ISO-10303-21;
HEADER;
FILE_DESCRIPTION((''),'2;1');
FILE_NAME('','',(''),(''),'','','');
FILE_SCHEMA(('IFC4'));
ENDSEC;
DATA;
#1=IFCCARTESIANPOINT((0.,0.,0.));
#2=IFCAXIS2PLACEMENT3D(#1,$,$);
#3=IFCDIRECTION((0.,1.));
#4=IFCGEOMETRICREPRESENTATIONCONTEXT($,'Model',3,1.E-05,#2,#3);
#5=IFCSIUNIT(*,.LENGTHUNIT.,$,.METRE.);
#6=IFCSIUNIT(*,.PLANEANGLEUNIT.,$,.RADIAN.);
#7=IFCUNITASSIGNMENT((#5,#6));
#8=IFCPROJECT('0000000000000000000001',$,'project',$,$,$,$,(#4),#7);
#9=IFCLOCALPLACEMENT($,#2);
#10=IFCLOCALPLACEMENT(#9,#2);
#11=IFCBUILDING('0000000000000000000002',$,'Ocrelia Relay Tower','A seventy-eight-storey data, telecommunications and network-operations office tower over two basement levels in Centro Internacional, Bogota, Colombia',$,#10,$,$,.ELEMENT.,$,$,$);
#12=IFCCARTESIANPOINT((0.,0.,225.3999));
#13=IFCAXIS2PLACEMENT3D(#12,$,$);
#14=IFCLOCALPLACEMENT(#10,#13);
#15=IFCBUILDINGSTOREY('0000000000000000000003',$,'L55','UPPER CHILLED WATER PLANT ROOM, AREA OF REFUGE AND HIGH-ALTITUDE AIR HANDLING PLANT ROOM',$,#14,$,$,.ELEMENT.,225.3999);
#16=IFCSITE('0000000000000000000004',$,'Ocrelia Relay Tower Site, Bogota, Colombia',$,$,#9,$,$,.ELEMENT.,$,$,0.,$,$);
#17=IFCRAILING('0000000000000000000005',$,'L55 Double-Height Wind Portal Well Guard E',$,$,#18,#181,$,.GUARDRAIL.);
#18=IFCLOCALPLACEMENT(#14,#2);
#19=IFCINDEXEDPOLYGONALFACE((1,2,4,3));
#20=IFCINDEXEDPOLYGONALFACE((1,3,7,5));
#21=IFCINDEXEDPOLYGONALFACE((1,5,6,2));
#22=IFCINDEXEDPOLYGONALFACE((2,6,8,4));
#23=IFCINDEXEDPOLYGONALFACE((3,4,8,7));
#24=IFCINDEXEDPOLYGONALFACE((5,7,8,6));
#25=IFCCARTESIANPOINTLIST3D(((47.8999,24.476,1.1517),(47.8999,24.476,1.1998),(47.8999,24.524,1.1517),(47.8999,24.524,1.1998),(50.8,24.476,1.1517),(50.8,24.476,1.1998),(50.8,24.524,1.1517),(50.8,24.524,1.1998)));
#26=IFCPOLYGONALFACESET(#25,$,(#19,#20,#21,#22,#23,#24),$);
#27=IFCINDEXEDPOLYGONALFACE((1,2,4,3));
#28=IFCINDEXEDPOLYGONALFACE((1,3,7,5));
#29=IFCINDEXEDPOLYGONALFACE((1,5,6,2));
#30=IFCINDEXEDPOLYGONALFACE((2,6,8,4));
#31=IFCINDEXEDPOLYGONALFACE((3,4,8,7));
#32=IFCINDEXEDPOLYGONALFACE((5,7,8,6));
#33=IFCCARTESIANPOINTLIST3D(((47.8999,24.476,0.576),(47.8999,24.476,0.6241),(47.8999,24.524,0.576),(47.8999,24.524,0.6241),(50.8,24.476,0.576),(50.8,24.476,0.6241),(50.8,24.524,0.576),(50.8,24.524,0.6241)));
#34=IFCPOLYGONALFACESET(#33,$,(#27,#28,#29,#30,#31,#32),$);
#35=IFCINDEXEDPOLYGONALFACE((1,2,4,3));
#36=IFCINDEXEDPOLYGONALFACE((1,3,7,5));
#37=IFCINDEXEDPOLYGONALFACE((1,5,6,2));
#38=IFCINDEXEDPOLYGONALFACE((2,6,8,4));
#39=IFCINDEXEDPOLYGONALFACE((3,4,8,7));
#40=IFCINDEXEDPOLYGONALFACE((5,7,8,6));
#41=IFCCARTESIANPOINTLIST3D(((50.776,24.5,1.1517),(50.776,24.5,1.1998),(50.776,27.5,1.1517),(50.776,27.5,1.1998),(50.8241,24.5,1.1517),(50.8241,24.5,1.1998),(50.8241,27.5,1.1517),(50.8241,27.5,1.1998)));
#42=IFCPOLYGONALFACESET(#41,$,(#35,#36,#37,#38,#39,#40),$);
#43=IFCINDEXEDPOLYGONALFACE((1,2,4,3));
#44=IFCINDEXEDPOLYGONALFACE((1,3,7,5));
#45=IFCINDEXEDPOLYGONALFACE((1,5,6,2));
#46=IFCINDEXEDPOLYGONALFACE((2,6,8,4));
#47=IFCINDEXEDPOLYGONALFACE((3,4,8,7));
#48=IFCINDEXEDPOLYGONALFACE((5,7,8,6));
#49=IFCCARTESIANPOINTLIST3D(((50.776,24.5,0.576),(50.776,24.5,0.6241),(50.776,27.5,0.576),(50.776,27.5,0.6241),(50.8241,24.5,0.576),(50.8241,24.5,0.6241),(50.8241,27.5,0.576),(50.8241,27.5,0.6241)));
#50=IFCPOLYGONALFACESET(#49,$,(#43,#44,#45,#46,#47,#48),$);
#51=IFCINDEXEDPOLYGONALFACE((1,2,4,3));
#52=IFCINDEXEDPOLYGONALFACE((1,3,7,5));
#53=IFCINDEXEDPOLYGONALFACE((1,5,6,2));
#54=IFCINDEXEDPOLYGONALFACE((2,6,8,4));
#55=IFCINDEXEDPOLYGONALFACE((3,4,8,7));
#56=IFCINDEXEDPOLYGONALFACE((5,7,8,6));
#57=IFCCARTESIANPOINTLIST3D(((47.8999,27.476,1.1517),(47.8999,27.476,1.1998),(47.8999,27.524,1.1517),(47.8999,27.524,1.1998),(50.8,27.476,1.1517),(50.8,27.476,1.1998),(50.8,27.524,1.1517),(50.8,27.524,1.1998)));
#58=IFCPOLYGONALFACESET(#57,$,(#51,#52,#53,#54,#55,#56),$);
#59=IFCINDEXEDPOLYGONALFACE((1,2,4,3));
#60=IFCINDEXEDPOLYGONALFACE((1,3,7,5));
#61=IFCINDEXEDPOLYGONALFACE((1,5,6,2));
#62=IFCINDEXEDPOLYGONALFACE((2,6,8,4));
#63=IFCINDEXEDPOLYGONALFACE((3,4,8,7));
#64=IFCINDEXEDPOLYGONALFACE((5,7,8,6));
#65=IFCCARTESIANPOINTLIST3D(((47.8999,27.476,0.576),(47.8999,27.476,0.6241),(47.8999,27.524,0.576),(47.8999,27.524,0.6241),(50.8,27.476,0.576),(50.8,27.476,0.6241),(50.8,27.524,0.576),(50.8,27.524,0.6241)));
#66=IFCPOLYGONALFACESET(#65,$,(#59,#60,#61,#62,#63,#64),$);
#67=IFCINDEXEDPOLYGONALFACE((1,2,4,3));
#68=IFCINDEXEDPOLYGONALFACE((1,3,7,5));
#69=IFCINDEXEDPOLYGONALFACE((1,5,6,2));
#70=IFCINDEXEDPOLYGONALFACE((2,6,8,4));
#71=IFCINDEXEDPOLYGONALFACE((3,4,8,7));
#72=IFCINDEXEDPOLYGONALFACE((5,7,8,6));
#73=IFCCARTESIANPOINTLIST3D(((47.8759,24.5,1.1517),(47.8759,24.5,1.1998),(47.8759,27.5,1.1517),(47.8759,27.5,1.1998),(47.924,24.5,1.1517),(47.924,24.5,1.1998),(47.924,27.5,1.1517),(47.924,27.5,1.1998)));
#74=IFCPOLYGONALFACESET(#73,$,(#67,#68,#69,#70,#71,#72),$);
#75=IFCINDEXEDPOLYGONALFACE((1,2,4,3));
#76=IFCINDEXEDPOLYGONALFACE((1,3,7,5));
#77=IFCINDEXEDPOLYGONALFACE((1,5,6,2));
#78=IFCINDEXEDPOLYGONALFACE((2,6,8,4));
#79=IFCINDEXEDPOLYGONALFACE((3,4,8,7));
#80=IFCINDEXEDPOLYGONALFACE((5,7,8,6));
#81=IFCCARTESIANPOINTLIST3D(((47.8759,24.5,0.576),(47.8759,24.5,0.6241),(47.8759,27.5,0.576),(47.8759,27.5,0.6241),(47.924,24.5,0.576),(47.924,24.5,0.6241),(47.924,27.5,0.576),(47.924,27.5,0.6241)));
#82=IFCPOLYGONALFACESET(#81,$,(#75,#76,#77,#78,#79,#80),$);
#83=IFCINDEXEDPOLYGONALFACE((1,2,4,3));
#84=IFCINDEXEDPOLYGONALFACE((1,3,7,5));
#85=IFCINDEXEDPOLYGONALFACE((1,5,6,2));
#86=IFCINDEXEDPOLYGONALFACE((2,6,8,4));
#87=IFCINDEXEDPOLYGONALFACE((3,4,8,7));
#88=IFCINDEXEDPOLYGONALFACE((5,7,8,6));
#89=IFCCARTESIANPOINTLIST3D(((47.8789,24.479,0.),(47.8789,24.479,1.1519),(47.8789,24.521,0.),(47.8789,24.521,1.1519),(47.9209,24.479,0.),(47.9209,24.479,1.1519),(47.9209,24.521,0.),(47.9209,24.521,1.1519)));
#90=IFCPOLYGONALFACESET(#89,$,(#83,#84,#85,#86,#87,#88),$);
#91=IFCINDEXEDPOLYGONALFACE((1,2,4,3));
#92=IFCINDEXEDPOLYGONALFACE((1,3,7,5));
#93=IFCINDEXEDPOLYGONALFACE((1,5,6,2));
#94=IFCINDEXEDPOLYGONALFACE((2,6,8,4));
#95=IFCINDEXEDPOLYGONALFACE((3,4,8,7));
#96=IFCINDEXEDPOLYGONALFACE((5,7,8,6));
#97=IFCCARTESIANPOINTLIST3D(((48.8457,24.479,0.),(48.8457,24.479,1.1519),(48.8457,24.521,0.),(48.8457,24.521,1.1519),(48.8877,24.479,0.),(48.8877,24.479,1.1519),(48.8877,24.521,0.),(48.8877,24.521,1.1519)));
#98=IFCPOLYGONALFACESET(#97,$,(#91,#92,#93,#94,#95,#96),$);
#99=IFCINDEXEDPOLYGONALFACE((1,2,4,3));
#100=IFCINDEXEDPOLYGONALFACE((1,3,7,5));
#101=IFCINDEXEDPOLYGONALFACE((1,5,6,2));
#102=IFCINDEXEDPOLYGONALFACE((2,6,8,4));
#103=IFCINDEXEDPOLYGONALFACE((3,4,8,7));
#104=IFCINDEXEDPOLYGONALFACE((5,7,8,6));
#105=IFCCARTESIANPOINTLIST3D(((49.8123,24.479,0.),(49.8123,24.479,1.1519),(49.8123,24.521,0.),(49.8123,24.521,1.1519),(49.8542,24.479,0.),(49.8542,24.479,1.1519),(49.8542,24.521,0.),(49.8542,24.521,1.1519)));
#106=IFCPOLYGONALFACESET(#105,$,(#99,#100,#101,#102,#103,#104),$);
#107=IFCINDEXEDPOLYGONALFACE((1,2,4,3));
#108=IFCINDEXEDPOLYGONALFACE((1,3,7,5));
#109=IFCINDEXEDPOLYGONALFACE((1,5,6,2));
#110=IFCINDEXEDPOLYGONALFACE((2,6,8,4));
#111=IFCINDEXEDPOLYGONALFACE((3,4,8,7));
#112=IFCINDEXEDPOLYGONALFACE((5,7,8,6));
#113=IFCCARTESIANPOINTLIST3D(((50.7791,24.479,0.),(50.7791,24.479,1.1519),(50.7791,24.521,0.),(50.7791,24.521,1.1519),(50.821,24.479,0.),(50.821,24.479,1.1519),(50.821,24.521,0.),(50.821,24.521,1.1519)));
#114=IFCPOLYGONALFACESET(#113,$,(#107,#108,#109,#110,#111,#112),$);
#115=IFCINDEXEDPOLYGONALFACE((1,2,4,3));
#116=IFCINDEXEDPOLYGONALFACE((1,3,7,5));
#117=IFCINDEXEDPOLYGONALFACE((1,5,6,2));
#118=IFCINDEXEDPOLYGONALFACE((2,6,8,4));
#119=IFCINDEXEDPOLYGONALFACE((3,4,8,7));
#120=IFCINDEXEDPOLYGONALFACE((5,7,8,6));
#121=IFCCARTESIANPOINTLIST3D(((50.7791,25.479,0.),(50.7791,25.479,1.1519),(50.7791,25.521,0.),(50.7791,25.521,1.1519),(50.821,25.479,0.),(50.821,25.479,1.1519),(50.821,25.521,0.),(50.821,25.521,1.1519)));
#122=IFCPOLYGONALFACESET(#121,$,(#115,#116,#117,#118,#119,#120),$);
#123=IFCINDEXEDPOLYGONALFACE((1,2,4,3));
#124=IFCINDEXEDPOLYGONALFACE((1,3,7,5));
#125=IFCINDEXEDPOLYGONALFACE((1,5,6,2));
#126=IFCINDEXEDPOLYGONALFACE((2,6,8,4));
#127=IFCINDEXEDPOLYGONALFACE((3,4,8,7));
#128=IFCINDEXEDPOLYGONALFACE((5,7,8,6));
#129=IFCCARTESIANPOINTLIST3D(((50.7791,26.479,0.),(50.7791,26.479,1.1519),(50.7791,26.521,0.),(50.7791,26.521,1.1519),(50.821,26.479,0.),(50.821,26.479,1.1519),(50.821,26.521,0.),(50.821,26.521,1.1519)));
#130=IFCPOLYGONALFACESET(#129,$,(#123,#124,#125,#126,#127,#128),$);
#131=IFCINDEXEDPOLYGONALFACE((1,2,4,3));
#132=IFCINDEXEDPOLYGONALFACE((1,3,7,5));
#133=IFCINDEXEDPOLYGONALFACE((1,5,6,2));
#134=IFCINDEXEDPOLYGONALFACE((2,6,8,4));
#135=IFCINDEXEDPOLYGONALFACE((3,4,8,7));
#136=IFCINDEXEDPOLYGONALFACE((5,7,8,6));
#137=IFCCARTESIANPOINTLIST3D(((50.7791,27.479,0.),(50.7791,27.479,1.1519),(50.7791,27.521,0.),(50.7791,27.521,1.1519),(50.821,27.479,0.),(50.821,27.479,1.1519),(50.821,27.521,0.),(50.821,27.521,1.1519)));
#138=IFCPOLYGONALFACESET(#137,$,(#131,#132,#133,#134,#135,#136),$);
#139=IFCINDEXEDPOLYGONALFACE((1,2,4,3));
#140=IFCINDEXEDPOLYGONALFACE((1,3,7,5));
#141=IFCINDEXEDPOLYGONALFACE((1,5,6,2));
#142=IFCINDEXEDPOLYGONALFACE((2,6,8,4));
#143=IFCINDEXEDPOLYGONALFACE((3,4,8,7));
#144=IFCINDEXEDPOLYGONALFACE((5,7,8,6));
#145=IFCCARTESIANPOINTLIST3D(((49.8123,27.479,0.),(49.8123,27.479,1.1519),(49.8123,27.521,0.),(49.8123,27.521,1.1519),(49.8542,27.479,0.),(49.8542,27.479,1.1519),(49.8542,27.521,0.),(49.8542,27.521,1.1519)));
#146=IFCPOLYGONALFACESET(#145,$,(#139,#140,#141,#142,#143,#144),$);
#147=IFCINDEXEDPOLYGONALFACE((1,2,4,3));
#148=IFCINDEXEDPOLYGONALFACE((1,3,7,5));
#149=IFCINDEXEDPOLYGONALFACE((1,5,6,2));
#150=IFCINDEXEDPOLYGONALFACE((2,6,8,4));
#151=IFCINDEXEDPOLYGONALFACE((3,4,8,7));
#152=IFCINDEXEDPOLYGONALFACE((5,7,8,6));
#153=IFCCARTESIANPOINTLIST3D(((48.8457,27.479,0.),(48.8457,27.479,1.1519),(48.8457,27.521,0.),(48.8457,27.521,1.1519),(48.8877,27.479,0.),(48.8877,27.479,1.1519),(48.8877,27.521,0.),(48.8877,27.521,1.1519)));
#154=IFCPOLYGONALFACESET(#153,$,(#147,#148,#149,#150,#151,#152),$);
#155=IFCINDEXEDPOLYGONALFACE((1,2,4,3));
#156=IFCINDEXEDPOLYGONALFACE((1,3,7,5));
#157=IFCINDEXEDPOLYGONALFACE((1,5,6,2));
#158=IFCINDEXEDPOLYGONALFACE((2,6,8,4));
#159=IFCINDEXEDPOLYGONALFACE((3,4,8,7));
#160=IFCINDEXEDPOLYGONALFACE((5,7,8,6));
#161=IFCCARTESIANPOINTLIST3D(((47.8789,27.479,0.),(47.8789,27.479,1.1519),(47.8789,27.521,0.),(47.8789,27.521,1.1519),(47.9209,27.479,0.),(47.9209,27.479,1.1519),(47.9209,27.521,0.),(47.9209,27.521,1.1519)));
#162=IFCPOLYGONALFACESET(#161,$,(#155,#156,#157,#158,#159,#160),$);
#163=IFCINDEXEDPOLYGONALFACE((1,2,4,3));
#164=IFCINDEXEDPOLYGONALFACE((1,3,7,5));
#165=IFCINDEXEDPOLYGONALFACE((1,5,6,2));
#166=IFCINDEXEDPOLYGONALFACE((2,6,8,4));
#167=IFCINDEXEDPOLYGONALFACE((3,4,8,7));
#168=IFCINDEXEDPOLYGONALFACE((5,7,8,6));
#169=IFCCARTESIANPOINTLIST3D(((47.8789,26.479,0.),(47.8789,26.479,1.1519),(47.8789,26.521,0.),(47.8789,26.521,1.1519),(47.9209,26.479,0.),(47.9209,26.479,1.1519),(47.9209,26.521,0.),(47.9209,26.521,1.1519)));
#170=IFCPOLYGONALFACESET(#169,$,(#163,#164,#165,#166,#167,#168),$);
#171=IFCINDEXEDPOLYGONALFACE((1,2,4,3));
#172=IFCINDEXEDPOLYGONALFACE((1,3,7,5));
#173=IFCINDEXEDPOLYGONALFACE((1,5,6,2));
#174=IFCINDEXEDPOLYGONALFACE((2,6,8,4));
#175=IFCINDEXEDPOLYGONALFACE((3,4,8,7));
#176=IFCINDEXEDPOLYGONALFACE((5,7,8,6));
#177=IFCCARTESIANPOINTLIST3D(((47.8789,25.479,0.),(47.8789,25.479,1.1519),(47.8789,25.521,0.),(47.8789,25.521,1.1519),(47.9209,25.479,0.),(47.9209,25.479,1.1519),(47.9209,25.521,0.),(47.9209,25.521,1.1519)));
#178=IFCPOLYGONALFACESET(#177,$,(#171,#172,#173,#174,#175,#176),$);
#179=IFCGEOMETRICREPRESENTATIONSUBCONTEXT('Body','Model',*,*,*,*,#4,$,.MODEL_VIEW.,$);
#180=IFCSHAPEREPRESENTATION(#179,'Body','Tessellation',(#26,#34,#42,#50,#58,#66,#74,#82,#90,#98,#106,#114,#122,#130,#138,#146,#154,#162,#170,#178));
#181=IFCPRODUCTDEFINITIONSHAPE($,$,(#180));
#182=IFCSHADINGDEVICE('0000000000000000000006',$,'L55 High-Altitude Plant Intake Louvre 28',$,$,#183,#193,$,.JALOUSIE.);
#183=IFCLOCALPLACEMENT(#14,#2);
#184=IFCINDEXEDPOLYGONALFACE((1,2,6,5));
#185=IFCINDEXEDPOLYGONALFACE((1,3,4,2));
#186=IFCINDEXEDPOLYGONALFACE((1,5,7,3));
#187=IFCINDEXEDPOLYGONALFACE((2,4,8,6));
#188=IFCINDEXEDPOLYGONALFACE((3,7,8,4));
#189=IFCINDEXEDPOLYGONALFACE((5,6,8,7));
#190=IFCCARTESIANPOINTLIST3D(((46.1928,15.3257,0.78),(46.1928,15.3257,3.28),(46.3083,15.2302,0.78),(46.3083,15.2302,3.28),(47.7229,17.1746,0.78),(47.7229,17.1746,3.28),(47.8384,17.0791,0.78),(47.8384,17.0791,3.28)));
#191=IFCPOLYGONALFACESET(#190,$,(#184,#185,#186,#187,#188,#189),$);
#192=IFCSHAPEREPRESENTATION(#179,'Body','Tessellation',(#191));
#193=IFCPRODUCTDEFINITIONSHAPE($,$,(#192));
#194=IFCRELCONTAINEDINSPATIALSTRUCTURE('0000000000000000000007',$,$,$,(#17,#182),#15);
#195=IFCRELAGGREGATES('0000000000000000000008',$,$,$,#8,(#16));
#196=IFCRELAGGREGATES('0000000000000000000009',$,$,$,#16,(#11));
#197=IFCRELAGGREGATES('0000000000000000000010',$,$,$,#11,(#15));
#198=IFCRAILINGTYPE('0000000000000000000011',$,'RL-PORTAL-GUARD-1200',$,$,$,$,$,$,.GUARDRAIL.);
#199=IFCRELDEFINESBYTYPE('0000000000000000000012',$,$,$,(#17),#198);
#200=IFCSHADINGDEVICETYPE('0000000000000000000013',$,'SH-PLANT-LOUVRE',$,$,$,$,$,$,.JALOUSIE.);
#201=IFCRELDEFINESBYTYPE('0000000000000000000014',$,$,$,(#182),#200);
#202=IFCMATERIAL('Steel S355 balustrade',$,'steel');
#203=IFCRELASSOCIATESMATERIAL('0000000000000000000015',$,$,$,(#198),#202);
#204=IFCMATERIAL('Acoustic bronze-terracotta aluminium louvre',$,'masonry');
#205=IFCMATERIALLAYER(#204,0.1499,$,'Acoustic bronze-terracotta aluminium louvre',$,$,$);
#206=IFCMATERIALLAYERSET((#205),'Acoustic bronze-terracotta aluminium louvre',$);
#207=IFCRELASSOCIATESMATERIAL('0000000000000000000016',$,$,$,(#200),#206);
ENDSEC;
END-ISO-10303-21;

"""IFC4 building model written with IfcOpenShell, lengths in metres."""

from ifc_helpers import new_model, si_unit, direction, frame, origin, origin_2d, place, context, subcontext, project, spatial, rectangle, extrude, material, layer, layer_set, type_object, element, save


model = new_model("IFC4")

# Units and contexts
model_context = context("Model", 3, precision=1e-05, world=origin(), true_north=direction((0.0, 1.0)))
body_context = subcontext(model_context, "Body", "Model", "MODEL_VIEW")
ifc_project = project(units=[si_unit("LENGTHUNIT", "METRE"), si_unit("PLANEANGLEUNIT", "RADIAN")], contexts=[model_context])

# Site, building, storey
site_placement = place(None, origin())
site = spatial("IfcSite", under=ifc_project, at=site_placement, Name="Ocrelia Relay Tower Site, Bogota, Colombia", CompositionType="ELEMENT", RefElevation=0.0)
building_placement = place(site_placement, origin())
building = spatial("IfcBuilding", under=site, at=building_placement, Name="Ocrelia Relay Tower", Description="A seventy-eight-storey data, telecommunications and network-operations office tower over two basement levels in Centro Internacional, Bogota, Colombia", CompositionType="ELEMENT")
storey_placement = place(building_placement, frame((0.0, 0.0, 225.3999)))
storey = spatial("IfcBuildingStorey", under=building, at=storey_placement, Name="L55", Description="UPPER CHILLED WATER PLANT ROOM, AREA OF REFUGE AND HIGH-ALTITUDE AIR HANDLING PLANT ROOM", CompositionType="ELEMENT", Elevation=225.3999)

# Railing
ifc_material_1 = material(Name="Steel S355 balustrade", Category="steel")
railing_type = type_object("IfcRailingType", Name="RL-PORTAL-GUARD-1200", PredefinedType="GUARDRAIL", material=ifc_material_1)
railing_1_placement = place(storey_placement, frame((47.8999, 24.5, 0.0)))
element("IfcRailing", 1, at=railing_1_placement, inside=storey, type_object=railing_type, Name="L55 Double-Height Wind Portal Well Guard E", PredefinedType="GUARDRAIL", context=body_context, shape_type="SweptSolid", body=[
    extrude(rectangle(XDim=0.0481, YDim=0.0481, at=origin_2d()), frame((0.0, 0.0, 1.1758), z_axis=(1.0, 0.0, 0.0), x_axis=(0.0, 1.0, 0.0)), (0.0, 0.0, 1.0), 2.9001),
    extrude(rectangle(XDim=0.0481, YDim=0.0481, at=origin_2d()), frame((0.0, 0.0, 0.6001), z_axis=(1.0, 0.0, 0.0), x_axis=(0.0, 1.0, 0.0)), (0.0, 0.0, 1.0), 2.9001),
    extrude(rectangle(XDim=0.0481, YDim=0.0481, at=origin_2d()), frame((2.9001, 0.0, 1.1758), z_axis=(0.0, 1.0, 0.0), x_axis=(-1.0, 0.0, 0.0)), (0.0, 0.0, 1.0), 3.0),
    extrude(rectangle(XDim=0.0481, YDim=0.0481, at=origin_2d()), frame((2.9001, 0.0, 0.6001), z_axis=(0.0, 1.0, 0.0), x_axis=(-1.0, 0.0, 0.0)), (0.0, 0.0, 1.0), 3.0),
    extrude(rectangle(XDim=0.0481, YDim=0.0481, at=origin_2d()), frame((2.9001, 3.0, 1.1758), z_axis=(-1.0, 0.0, 0.0), x_axis=(0.0, -1.0, 0.0)), (0.0, 0.0, 1.0), 2.9001),
    extrude(rectangle(XDim=0.0481, YDim=0.0481, at=origin_2d()), frame((2.9001, 3.0, 0.6001), z_axis=(-1.0, 0.0, 0.0), x_axis=(0.0, -1.0, 0.0)), (0.0, 0.0, 1.0), 2.9001),
    extrude(rectangle(XDim=0.0481, YDim=0.0481, at=origin_2d()), frame((0.0, 3.0, 1.1758), z_axis=(0.0, -1.0, 0.0), x_axis=(1.0, 0.0, 0.0)), (0.0, 0.0, 1.0), 3.0),
    extrude(rectangle(XDim=0.0481, YDim=0.0481, at=origin_2d()), frame((0.0, 3.0, 0.6001), z_axis=(0.0, -1.0, 0.0), x_axis=(1.0, 0.0, 0.0)), (0.0, 0.0, 1.0), 3.0),
    extrude(rectangle(XDim=0.042, YDim=0.042, at=origin_2d()), origin(), (0.0, 0.0, 1.0), 1.1519),
    extrude(rectangle(XDim=0.042, YDim=0.042, at=origin_2d()), frame((0.9668, 0.0, 0.0)), (0.0, 0.0, 1.0), 1.1519),
    extrude(rectangle(XDim=0.042, YDim=0.042, at=origin_2d()), frame((1.9333, 0.0, 0.0)), (0.0, 0.0, 1.0), 1.1519),
    extrude(rectangle(XDim=0.042, YDim=0.042, at=origin_2d()), frame((2.9001, 0.0, 0.0)), (0.0, 0.0, 1.0), 1.1519),
    extrude(rectangle(XDim=0.042, YDim=0.042, at=origin_2d()), frame((2.9001, 1.0, 0.0)), (0.0, 0.0, 1.0), 1.1519),
    extrude(rectangle(XDim=0.042, YDim=0.042, at=origin_2d()), frame((2.9001, 2.0, 0.0)), (0.0, 0.0, 1.0), 1.1519),
    extrude(rectangle(XDim=0.042, YDim=0.042, at=origin_2d()), frame((2.9001, 3.0, 0.0)), (0.0, 0.0, 1.0), 1.1519),
    extrude(rectangle(XDim=0.042, YDim=0.042, at=origin_2d()), frame((1.9333, 3.0, 0.0)), (0.0, 0.0, 1.0), 1.1519),
    extrude(rectangle(XDim=0.042, YDim=0.042, at=origin_2d()), frame((0.9668, 3.0, 0.0)), (0.0, 0.0, 1.0), 1.1519),
    extrude(rectangle(XDim=0.042, YDim=0.042, at=origin_2d()), frame((0.0, 3.0, 0.0)), (0.0, 0.0, 1.0), 1.1519),
    extrude(rectangle(XDim=0.042, YDim=0.042, at=origin_2d()), frame((0.0, 2.0, 0.0)), (0.0, 0.0, 1.0), 1.1519),
    extrude(rectangle(XDim=0.042, YDim=0.042, at=origin_2d()), frame((0.0, 1.0, 0.0)), (0.0, 0.0, 1.0), 1.1519),
])

# Shading device
ifc_material_2 = material(Name="Acoustic bronze-terracotta aluminium louvre", Category="masonry")
ifc_layer_1 = layer(ifc_material_2, 0.1499, Name="Acoustic bronze-terracotta aluminium louvre")
ifc_layer_set_1 = layer_set([ifc_layer_1], Name="Acoustic bronze-terracotta aluminium louvre")
shading_device_type = type_object("IfcShadingDeviceType", Name="SH-PLANT-LOUVRE", PredefinedType="JALOUSIE", material=ifc_layer_set_1)
shading_device_placement = place(storey_placement, frame((47.0156, 16.2024, 0.78), z_axis=(0.0, 0.0, 1.0), x_axis=(0.637555, 0.770405, 0.0)))
element("IfcShadingDevice", 2, at=shading_device_placement, inside=storey, type_object=shading_device_type, Name="L55 High-Altitude Plant Intake Louvre 28", PredefinedType="JALOUSIE", context=body_context, shape_type="SweptSolid", body=[
    extrude(rectangle(XDim=2.3999, YDim=0.1499, at=origin_2d()), origin(), (0.0, 0.0, 1.0), 2.5),
])

save(model, "model.ifc")
